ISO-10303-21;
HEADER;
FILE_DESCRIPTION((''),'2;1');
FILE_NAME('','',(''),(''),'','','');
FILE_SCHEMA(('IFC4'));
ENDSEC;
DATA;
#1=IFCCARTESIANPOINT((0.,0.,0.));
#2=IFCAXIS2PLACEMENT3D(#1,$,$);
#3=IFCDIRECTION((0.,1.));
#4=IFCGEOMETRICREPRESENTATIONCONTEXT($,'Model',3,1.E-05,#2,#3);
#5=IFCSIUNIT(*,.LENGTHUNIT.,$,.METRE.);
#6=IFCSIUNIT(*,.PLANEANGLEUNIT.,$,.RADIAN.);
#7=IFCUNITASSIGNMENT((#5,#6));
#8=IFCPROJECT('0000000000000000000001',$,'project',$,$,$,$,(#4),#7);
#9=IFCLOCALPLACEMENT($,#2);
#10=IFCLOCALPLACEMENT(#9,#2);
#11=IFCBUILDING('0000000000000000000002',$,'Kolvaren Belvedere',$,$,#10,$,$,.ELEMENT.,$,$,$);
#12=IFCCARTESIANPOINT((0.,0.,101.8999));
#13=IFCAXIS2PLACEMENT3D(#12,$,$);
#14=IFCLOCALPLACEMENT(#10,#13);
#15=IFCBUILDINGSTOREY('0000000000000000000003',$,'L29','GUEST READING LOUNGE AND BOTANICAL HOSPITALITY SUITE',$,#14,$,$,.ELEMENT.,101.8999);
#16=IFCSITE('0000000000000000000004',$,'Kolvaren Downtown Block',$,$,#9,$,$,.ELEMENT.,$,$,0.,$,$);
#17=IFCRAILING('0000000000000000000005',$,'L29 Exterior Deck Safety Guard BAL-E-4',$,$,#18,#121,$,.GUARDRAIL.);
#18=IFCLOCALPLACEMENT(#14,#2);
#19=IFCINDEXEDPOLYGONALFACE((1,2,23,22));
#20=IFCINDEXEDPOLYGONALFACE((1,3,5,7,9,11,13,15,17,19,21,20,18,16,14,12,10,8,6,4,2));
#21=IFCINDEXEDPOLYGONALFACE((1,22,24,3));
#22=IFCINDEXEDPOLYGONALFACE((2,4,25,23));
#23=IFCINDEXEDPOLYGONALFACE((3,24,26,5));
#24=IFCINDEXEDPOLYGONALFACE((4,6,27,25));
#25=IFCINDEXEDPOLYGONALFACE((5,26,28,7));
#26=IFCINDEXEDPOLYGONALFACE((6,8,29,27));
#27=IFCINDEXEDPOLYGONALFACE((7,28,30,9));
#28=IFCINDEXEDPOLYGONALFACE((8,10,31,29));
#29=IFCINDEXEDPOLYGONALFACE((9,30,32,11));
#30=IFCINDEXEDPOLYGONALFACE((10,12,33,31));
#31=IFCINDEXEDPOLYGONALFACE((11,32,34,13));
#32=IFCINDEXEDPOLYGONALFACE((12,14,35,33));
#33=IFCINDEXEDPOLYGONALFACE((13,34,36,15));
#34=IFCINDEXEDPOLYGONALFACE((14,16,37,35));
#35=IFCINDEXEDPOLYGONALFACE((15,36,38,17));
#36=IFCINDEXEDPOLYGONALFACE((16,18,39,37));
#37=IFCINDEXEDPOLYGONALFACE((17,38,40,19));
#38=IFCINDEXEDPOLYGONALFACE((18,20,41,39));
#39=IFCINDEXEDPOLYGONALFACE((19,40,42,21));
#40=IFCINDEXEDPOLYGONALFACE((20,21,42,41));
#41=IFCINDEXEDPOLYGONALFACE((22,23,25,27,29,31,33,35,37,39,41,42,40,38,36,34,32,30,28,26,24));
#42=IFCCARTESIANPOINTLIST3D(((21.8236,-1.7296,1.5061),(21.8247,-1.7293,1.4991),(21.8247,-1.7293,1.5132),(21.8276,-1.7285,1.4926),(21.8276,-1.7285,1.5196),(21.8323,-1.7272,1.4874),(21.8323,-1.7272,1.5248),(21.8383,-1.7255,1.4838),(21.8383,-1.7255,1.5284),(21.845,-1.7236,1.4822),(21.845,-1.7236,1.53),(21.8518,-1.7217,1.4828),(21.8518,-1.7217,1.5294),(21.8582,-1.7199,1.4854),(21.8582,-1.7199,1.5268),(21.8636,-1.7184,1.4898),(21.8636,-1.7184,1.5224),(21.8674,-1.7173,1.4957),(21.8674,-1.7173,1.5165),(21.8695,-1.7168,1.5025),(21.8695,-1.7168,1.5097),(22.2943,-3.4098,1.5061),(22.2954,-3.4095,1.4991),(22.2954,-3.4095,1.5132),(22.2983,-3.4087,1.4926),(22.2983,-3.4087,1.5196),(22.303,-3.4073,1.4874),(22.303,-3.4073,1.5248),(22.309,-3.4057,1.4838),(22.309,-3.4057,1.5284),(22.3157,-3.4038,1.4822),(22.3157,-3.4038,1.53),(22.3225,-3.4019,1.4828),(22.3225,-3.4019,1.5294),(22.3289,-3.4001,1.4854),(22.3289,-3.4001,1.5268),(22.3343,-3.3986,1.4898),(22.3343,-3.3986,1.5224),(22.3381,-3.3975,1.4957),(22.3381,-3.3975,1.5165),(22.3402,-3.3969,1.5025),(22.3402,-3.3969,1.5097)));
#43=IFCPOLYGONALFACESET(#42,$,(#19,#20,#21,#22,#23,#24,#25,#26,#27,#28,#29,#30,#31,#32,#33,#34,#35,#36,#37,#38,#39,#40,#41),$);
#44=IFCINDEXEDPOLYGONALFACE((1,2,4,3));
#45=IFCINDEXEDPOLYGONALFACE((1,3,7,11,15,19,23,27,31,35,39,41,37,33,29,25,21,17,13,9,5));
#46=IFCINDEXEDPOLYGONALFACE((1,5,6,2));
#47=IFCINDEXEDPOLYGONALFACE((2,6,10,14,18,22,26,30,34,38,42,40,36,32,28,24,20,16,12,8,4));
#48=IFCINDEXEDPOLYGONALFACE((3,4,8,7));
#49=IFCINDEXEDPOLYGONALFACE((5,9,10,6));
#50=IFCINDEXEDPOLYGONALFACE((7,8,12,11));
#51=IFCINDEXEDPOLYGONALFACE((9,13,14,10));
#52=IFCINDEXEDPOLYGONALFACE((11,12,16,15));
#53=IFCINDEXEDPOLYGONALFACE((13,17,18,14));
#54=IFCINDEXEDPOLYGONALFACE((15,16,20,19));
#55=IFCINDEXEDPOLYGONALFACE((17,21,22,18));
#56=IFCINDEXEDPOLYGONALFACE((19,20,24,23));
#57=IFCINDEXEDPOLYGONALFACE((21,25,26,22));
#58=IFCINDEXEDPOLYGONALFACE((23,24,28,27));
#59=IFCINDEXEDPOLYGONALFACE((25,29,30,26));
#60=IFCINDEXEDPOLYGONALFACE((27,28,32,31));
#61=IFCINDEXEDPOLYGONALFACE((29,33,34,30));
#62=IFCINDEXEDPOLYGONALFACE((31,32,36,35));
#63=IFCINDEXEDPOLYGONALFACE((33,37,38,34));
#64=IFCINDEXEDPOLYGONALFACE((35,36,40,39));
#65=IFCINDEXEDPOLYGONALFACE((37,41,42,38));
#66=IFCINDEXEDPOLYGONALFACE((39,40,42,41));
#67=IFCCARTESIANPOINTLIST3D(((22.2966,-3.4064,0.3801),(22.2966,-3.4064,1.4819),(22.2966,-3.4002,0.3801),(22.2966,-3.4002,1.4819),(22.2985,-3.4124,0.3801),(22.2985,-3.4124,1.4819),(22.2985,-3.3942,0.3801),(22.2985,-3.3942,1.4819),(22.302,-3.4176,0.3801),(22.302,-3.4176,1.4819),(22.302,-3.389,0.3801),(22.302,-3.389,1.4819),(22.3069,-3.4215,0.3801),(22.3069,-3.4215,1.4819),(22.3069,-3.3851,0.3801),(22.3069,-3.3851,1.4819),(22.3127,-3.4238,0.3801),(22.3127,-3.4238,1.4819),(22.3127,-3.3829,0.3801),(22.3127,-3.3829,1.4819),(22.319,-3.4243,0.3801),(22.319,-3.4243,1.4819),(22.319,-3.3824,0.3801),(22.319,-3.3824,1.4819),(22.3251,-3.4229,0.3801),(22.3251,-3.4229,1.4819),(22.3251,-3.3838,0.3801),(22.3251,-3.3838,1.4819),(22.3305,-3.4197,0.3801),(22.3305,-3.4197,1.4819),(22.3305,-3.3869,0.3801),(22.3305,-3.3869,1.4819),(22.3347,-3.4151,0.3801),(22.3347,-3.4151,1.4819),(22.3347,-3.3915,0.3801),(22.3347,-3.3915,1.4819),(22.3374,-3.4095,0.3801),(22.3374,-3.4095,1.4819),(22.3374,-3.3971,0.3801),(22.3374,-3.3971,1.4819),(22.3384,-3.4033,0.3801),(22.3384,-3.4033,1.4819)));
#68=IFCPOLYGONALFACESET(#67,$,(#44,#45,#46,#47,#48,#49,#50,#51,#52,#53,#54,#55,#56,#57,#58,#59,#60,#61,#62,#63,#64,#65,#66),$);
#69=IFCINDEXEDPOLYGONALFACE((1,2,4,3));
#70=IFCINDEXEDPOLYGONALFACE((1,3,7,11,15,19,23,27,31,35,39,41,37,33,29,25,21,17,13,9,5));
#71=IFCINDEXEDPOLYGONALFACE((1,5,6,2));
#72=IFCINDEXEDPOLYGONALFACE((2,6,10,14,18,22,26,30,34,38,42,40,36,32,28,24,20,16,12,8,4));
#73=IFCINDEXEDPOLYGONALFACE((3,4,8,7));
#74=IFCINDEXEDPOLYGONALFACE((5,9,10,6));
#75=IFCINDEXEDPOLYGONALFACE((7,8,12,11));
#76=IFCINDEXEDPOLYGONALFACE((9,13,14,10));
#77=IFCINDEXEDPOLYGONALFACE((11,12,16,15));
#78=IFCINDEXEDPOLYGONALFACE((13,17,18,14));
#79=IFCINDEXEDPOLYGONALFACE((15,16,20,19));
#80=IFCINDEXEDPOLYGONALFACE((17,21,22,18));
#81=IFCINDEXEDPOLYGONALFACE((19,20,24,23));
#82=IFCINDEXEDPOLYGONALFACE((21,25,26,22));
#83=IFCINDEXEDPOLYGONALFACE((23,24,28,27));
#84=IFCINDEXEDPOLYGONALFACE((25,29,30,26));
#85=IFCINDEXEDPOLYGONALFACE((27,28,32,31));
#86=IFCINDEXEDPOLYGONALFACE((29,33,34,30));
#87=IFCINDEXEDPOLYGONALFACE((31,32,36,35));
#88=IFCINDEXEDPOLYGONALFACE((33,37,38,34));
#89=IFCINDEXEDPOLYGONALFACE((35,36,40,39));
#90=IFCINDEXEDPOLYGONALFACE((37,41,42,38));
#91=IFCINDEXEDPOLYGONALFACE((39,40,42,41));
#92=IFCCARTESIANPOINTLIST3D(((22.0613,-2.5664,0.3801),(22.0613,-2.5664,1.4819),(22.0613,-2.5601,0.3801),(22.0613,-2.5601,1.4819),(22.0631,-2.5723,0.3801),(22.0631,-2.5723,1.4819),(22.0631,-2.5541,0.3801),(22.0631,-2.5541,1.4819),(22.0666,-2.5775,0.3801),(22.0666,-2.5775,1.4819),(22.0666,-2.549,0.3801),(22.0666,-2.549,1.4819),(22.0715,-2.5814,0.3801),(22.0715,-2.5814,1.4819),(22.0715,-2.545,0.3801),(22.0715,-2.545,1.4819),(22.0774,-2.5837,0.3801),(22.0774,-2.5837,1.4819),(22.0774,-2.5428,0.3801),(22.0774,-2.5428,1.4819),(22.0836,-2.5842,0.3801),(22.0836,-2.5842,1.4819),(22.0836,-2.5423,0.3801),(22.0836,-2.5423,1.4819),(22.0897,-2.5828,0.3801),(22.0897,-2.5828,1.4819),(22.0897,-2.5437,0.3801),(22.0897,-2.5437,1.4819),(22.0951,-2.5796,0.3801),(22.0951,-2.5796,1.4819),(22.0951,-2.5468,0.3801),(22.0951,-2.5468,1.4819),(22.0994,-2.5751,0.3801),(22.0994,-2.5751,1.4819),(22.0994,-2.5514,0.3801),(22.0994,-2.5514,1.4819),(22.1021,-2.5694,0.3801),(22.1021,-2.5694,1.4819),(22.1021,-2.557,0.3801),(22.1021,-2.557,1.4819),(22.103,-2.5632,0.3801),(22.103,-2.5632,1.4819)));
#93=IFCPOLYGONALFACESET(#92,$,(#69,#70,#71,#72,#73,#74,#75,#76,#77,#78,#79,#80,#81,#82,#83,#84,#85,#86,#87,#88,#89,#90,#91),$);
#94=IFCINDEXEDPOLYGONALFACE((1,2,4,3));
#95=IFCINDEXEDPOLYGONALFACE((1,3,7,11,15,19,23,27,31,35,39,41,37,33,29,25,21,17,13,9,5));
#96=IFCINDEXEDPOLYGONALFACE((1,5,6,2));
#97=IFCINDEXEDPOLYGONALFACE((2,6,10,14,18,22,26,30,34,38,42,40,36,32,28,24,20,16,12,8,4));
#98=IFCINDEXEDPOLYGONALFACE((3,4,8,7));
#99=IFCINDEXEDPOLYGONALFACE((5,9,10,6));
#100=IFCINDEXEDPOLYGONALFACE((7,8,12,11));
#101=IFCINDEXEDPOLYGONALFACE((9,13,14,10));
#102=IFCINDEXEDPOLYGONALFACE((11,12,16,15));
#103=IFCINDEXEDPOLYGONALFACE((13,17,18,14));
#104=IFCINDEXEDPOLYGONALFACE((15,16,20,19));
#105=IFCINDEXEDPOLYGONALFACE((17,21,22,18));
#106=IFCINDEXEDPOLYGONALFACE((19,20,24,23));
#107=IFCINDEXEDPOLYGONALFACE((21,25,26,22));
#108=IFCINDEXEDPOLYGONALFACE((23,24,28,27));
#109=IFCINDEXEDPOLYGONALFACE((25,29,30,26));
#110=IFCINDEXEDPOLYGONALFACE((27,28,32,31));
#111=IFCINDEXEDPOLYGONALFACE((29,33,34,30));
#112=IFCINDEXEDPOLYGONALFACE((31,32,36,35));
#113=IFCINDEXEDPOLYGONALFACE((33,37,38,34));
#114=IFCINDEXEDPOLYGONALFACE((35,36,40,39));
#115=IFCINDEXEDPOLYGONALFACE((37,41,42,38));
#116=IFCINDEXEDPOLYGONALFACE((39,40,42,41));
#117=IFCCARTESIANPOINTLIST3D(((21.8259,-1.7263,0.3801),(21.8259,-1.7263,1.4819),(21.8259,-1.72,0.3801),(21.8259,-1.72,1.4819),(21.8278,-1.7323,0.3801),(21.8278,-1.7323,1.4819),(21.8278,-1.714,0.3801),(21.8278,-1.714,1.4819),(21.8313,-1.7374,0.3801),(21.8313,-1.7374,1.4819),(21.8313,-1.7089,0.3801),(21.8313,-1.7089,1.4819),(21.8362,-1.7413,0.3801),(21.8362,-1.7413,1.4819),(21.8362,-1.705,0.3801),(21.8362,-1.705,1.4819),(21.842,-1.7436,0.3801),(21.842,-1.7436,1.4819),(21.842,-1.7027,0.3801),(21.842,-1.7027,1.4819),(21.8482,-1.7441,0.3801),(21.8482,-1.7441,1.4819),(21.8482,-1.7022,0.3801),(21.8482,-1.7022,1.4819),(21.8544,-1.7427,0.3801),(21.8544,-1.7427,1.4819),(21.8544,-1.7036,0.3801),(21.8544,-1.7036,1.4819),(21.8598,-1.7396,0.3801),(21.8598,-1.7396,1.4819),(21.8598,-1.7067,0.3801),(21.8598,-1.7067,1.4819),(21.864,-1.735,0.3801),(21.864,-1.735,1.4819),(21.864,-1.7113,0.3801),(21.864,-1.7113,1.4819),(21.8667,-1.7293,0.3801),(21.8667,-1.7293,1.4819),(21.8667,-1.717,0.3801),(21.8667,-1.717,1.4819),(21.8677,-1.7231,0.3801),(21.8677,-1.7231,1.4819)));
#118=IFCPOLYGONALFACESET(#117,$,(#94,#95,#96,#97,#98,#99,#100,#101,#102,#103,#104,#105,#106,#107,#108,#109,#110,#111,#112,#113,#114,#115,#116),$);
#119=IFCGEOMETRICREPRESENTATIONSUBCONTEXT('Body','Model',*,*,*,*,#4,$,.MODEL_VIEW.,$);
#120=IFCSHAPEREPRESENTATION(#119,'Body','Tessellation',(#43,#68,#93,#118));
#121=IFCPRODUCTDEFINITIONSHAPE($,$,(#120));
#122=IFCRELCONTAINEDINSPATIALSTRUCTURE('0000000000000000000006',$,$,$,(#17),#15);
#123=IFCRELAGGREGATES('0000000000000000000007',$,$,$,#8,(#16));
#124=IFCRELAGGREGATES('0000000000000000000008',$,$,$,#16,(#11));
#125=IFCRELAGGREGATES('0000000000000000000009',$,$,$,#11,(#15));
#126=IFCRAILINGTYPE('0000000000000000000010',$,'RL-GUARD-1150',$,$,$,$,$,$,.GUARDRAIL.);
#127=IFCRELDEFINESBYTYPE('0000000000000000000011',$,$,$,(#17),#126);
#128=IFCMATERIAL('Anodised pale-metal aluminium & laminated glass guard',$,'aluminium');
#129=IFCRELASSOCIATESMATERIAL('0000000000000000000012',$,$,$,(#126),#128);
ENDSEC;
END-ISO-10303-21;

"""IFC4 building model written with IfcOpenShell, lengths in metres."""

from ifc_helpers import new_model, si_unit, direction, frame, origin, origin_2d, place, context, subcontext, project, spatial, circle, extrude, material, type_object, element, save


model = new_model("IFC4")

# Units and contexts
model_context = context("Model", 3, precision=1e-05, world=origin(), true_north=direction((0.0, 1.0)))
body_context = subcontext(model_context, "Body", "Model", "MODEL_VIEW")
ifc_project = project(units=[si_unit("LENGTHUNIT", "METRE"), si_unit("PLANEANGLEUNIT", "RADIAN")], contexts=[model_context])

# Site, building, storey
site_placement = place(None, origin())
site = spatial("IfcSite", under=ifc_project, at=site_placement, Name="Kolvaren Downtown Block", CompositionType="ELEMENT", RefElevation=0.0)
building_placement = place(site_placement, origin())
building = spatial("IfcBuilding", under=site, at=building_placement, Name="Kolvaren Belvedere", CompositionType="ELEMENT")
storey_placement = place(building_placement, frame((0.0, 0.0, 101.8999)))
storey = spatial("IfcBuildingStorey", under=building, at=storey_placement, Name="L29", Description="GUEST READING LOUNGE AND BOTANICAL HOSPITALITY SUITE", CompositionType="ELEMENT", Elevation=101.8999)

# Railing
ifc_material_1 = material(Name="Anodised pale-metal aluminium & laminated glass guard", Category="aluminium")
railing_type = type_object("IfcRailingType", Name="RL-GUARD-1150", PredefinedType="GUARDRAIL", material=ifc_material_1)
railing_1_placement = place(storey_placement, frame((22.3174, -3.4033, 0.3801)))
element("IfcRailing", 1, at=railing_1_placement, inside=storey, type_object=railing_type, Name="L29 Exterior Deck Safety Guard BAL-E-4", PredefinedType="GUARDRAIL", context=body_context, shape_type="SweptSolid", body=[
    extrude(circle(Radius=0.0239, at=origin_2d()), frame((0.0, 0.0, 1.126), z_axis=(-0.269765, 0.962926, 0.0), x_axis=(-0.962926, -0.269765, 0.0)), (0.0, 0.0, 1.0), 1.7449),
    extrude(circle(Radius=0.021, at=origin_2d()), origin(), (0.0, 0.0, 1.0), 1.1018),
    extrude(circle(Radius=0.021, at=origin_2d()), frame((-0.2354, 0.8401, 0.0)), (0.0, 0.0, 1.0), 1.1018),
    extrude(circle(Radius=0.021, at=origin_2d()), frame((-0.4707, 1.6802, 0.0)), (0.0, 0.0, 1.0), 1.1018),
])

save(model, "model.ifc")
